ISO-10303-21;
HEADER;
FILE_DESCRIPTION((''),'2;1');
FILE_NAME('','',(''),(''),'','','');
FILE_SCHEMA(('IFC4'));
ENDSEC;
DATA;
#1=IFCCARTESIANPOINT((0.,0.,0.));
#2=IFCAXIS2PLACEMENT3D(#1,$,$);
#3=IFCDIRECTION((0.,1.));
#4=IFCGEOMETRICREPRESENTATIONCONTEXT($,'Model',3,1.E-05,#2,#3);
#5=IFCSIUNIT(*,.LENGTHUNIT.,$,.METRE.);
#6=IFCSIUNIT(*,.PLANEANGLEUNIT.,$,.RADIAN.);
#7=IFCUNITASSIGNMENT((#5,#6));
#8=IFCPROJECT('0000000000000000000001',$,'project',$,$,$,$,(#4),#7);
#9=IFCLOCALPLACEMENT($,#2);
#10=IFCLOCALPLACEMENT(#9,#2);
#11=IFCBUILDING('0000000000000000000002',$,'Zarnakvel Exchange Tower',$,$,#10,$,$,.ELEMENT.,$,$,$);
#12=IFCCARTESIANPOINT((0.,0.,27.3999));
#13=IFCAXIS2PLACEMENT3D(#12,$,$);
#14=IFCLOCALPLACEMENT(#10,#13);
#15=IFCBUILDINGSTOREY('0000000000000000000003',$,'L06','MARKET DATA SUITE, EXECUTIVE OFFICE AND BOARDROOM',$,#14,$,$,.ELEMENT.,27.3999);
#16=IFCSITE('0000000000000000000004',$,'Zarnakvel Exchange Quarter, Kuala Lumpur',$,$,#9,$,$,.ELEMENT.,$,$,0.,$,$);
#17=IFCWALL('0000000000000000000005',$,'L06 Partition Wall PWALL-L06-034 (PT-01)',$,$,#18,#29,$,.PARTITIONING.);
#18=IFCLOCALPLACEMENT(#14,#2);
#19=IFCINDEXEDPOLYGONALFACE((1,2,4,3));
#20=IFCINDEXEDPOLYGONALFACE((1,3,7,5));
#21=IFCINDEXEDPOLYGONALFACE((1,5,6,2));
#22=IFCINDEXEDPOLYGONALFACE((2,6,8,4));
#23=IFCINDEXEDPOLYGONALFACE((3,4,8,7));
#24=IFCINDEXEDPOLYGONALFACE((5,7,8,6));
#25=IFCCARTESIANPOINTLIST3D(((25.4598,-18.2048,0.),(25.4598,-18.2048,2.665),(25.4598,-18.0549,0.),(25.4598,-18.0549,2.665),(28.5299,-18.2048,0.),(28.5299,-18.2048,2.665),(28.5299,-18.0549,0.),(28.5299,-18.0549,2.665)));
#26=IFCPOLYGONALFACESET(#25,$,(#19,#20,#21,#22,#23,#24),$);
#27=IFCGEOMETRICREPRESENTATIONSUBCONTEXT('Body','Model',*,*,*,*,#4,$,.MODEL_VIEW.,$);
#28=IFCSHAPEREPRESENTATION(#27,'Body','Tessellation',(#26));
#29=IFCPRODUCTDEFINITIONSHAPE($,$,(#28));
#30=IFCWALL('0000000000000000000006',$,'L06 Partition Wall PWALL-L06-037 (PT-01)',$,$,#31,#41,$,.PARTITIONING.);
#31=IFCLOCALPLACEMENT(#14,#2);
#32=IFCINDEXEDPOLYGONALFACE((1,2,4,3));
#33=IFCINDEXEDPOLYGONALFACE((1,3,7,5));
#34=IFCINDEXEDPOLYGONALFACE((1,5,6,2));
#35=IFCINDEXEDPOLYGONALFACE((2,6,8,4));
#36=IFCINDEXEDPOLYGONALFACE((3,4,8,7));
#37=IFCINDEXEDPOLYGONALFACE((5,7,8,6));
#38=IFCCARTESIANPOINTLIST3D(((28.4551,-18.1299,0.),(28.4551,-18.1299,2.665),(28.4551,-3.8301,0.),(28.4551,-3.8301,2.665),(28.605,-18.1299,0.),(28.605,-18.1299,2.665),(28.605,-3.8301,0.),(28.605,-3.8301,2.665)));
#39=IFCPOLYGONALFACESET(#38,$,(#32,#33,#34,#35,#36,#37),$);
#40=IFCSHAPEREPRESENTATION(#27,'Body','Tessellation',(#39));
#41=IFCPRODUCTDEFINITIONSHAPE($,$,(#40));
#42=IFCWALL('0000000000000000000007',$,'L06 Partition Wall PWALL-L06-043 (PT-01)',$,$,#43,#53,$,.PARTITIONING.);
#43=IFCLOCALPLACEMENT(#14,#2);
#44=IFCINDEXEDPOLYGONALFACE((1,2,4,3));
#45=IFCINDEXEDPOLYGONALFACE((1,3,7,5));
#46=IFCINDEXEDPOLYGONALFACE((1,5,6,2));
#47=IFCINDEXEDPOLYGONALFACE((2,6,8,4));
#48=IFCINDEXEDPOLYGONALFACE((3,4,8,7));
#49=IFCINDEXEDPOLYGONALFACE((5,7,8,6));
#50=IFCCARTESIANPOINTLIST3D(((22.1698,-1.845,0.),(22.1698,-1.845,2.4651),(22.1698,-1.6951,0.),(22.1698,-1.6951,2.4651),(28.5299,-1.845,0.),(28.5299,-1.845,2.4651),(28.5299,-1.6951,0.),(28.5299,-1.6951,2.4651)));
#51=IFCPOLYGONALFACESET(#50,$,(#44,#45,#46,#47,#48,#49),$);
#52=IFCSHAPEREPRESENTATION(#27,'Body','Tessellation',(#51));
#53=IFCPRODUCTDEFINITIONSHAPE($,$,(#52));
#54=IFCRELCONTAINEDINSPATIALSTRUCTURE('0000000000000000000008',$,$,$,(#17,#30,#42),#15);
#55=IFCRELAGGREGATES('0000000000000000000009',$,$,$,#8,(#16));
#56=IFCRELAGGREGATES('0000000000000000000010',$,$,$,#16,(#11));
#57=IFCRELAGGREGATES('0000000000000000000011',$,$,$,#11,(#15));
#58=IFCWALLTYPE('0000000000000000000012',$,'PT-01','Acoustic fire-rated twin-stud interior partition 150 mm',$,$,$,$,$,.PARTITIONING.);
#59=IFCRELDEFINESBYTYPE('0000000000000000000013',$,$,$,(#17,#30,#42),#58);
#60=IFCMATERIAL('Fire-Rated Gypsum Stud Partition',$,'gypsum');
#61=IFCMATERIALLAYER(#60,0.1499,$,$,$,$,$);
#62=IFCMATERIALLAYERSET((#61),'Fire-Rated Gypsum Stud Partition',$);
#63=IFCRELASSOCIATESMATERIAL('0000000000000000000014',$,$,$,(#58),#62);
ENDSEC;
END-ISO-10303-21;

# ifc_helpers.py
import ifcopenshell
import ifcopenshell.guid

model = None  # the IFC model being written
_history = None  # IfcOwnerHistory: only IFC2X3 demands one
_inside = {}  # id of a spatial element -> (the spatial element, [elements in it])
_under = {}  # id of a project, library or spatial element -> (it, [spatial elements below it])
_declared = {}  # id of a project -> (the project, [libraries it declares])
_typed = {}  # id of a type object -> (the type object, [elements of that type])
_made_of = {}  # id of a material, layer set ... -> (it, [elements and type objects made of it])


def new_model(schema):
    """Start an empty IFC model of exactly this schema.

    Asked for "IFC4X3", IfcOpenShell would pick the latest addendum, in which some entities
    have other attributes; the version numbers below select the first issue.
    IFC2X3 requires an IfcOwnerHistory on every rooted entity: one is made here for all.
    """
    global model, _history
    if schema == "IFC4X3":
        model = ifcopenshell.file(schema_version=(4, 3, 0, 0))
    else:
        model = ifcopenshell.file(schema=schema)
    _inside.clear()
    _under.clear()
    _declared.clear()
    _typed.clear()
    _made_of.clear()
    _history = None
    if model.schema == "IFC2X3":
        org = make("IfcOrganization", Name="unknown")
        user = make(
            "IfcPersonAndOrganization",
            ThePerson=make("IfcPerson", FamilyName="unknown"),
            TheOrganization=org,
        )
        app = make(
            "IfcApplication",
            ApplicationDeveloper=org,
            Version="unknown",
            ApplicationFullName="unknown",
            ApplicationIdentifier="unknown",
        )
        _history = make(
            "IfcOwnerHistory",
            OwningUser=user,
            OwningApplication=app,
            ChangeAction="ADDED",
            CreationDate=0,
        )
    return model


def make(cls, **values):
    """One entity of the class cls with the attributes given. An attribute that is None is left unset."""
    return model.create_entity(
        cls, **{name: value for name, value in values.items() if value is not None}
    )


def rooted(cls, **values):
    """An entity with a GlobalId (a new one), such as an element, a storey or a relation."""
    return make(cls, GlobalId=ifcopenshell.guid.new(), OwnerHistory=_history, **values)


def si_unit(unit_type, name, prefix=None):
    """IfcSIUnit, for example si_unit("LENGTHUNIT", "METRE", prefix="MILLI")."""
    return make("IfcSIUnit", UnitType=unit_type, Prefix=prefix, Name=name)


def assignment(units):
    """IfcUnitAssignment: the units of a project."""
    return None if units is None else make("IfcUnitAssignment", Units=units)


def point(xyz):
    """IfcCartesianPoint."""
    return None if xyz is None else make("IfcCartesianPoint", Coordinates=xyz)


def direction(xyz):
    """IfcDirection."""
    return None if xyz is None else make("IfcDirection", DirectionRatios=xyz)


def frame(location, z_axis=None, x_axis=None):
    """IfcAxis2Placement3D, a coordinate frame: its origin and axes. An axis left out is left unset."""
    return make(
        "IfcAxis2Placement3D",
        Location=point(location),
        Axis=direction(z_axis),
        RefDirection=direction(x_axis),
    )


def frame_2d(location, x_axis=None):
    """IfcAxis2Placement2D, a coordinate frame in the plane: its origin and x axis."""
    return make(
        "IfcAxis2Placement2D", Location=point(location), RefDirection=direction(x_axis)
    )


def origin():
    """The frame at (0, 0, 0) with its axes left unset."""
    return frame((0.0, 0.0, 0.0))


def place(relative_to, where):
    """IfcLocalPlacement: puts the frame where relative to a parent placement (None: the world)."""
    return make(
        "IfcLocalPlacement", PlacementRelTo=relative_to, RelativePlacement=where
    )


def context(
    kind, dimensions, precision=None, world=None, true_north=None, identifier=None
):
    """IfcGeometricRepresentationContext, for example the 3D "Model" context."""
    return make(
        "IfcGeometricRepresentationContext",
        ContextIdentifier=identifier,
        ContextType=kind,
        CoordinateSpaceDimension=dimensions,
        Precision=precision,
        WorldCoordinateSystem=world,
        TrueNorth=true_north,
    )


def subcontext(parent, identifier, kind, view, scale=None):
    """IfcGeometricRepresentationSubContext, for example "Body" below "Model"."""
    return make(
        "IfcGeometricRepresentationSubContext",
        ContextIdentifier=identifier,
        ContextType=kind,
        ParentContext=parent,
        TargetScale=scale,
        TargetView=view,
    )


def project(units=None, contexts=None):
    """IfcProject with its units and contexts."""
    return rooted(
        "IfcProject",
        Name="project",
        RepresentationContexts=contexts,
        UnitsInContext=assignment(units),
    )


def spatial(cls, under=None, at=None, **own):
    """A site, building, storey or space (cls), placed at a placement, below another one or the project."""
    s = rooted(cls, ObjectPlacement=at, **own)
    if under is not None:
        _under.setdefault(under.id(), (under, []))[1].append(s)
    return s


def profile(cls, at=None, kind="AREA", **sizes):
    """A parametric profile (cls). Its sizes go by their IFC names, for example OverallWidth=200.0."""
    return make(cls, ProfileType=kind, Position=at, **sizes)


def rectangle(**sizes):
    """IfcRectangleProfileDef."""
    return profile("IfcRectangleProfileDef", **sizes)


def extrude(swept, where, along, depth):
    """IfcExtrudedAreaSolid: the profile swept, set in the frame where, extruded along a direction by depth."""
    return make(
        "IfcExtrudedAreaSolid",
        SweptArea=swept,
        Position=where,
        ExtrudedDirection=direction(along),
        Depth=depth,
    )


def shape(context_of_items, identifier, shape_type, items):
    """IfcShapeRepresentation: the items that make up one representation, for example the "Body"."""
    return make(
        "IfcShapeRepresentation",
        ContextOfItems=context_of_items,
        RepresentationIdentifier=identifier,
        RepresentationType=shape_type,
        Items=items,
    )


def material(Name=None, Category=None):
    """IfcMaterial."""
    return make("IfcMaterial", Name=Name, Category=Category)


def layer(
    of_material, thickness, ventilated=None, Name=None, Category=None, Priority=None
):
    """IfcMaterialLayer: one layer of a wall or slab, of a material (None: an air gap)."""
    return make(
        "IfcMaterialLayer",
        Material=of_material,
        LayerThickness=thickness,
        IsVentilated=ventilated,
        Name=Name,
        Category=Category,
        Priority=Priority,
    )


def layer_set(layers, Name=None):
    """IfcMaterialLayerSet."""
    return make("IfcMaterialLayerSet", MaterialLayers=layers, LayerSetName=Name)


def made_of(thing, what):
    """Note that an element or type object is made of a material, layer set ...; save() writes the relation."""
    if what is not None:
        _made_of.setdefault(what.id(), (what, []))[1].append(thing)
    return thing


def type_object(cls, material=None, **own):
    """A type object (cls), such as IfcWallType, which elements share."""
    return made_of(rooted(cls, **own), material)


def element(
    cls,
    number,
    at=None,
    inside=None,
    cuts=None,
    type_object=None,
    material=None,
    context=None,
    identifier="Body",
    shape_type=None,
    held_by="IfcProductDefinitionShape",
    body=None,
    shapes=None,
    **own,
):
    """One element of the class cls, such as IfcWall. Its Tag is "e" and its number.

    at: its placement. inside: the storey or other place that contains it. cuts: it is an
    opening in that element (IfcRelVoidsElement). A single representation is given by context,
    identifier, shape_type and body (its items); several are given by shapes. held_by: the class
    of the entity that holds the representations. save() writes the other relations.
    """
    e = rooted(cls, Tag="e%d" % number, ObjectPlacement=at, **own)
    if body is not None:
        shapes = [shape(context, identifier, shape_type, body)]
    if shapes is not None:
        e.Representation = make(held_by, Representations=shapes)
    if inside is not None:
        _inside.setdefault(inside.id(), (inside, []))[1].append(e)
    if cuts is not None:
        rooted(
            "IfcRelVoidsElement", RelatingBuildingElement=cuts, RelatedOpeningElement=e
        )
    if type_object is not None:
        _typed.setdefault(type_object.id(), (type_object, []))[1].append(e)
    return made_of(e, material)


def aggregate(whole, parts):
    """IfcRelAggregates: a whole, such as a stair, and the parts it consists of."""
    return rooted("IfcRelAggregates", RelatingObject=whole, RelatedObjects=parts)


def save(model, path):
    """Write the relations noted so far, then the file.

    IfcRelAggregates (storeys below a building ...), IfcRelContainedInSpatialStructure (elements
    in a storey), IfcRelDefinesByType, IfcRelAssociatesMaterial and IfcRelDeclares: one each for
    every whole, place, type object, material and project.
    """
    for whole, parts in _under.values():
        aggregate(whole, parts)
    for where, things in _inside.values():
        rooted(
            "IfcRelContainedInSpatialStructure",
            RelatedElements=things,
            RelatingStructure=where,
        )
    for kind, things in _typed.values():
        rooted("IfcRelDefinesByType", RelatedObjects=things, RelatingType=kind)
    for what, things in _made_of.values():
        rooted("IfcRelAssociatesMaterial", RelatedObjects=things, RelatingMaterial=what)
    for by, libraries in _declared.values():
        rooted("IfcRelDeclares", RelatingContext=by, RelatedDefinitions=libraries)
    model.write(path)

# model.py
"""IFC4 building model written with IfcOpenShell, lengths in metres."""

from ifc_helpers import new_model, si_unit, direction, frame, frame_2d, origin, place, context, subcontext, project, spatial, rectangle, extrude, material, layer, layer_set, type_object, element, save


model = new_model("IFC4")

# Units and contexts
model_context = context("Model", 3, precision=1e-05, world=origin(), true_north=direction((0.0, 1.0)))
body_context = subcontext(model_context, "Body", "Model", "MODEL_VIEW")
ifc_project = project(units=[si_unit("LENGTHUNIT", "METRE"), si_unit("PLANEANGLEUNIT", "RADIAN")], contexts=[model_context])

# Site, building, storey
site_placement = place(None, origin())
site = spatial("IfcSite", under=ifc_project, at=site_placement, Name="Zarnakvel Exchange Quarter, Kuala Lumpur", CompositionType="ELEMENT", RefElevation=0.0)
building_placement = place(site_placement, origin())
building = spatial("IfcBuilding", under=site, at=building_placement, Name="Zarnakvel Exchange Tower", CompositionType="ELEMENT")
storey_placement = place(building_placement, frame((0.0, 0.0, 27.3999)))
storey = spatial("IfcBuildingStorey", under=building, at=storey_placement, Name="L06", Description="MARKET DATA SUITE, EXECUTIVE OFFICE AND BOARDROOM", CompositionType="ELEMENT", Elevation=27.3999)

# Walls
ifc_material_1 = material(Name="Fire-Rated Gypsum Stud Partition", Category="gypsum")
ifc_layer_1 = layer(ifc_material_1, 0.1499)
ifc_layer_set_1 = layer_set([ifc_layer_1], Name="Fire-Rated Gypsum Stud Partition")
wall_type_1 = type_object("IfcWallType", Name="PT-01", Description="Acoustic fire-rated twin-stud interior partition 150 mm", PredefinedType="PARTITIONING", material=ifc_layer_set_1)
wall_1_placement = place(storey_placement, frame((28.53, -18.1299, 0.0), z_axis=(0.0, 0.0, 1.0), x_axis=(-1.0, 0.0, 0.0)))
element("IfcWall", 1, at=wall_1_placement, inside=storey, type_object=wall_type_1, Name="L06 Partition Wall PWALL-L06-034 (PT-01)", PredefinedType="PARTITIONING", context=body_context, shape_type="SweptSolid", body=[
    extrude(rectangle(XDim=3.0701, YDim=0.1499, at=frame_2d((1.5352, 0.0))), origin(), (0.0, 0.0, 1.0), 2.665),
])
wall_2_placement = place(storey_placement, frame((28.53, -3.8301, 0.0), z_axis=(0.0, 0.0, 1.0), x_axis=(0.0, -1.0, 0.0)))
element("IfcWall", 2, at=wall_2_placement, inside=storey, type_object=wall_type_1, Name="L06 Partition Wall PWALL-L06-037 (PT-01)", PredefinedType="PARTITIONING", context=body_context, shape_type="SweptSolid", body=[
    extrude(rectangle(XDim=14.2998, YDim=0.1499, at=frame_2d((7.1499, 0.0))), origin(), (0.0, 0.0, 1.0), 2.665),
])
wall_3_placement = place(storey_placement, frame((28.53, -1.77, 0.0), z_axis=(0.0, 0.0, 1.0), x_axis=(-1.0, 0.0, 0.0)))
element("IfcWall", 3, at=wall_3_placement, inside=storey, type_object=wall_type_1, Name="L06 Partition Wall PWALL-L06-043 (PT-01)", PredefinedType="PARTITIONING", context=body_context, shape_type="SweptSolid", body=[
    extrude(rectangle(XDim=6.3601, YDim=0.1499, at=frame_2d((3.1802, 0.0))), origin(), (0.0, 0.0, 1.0), 2.4651),
])

save(model, "model.ifc")
